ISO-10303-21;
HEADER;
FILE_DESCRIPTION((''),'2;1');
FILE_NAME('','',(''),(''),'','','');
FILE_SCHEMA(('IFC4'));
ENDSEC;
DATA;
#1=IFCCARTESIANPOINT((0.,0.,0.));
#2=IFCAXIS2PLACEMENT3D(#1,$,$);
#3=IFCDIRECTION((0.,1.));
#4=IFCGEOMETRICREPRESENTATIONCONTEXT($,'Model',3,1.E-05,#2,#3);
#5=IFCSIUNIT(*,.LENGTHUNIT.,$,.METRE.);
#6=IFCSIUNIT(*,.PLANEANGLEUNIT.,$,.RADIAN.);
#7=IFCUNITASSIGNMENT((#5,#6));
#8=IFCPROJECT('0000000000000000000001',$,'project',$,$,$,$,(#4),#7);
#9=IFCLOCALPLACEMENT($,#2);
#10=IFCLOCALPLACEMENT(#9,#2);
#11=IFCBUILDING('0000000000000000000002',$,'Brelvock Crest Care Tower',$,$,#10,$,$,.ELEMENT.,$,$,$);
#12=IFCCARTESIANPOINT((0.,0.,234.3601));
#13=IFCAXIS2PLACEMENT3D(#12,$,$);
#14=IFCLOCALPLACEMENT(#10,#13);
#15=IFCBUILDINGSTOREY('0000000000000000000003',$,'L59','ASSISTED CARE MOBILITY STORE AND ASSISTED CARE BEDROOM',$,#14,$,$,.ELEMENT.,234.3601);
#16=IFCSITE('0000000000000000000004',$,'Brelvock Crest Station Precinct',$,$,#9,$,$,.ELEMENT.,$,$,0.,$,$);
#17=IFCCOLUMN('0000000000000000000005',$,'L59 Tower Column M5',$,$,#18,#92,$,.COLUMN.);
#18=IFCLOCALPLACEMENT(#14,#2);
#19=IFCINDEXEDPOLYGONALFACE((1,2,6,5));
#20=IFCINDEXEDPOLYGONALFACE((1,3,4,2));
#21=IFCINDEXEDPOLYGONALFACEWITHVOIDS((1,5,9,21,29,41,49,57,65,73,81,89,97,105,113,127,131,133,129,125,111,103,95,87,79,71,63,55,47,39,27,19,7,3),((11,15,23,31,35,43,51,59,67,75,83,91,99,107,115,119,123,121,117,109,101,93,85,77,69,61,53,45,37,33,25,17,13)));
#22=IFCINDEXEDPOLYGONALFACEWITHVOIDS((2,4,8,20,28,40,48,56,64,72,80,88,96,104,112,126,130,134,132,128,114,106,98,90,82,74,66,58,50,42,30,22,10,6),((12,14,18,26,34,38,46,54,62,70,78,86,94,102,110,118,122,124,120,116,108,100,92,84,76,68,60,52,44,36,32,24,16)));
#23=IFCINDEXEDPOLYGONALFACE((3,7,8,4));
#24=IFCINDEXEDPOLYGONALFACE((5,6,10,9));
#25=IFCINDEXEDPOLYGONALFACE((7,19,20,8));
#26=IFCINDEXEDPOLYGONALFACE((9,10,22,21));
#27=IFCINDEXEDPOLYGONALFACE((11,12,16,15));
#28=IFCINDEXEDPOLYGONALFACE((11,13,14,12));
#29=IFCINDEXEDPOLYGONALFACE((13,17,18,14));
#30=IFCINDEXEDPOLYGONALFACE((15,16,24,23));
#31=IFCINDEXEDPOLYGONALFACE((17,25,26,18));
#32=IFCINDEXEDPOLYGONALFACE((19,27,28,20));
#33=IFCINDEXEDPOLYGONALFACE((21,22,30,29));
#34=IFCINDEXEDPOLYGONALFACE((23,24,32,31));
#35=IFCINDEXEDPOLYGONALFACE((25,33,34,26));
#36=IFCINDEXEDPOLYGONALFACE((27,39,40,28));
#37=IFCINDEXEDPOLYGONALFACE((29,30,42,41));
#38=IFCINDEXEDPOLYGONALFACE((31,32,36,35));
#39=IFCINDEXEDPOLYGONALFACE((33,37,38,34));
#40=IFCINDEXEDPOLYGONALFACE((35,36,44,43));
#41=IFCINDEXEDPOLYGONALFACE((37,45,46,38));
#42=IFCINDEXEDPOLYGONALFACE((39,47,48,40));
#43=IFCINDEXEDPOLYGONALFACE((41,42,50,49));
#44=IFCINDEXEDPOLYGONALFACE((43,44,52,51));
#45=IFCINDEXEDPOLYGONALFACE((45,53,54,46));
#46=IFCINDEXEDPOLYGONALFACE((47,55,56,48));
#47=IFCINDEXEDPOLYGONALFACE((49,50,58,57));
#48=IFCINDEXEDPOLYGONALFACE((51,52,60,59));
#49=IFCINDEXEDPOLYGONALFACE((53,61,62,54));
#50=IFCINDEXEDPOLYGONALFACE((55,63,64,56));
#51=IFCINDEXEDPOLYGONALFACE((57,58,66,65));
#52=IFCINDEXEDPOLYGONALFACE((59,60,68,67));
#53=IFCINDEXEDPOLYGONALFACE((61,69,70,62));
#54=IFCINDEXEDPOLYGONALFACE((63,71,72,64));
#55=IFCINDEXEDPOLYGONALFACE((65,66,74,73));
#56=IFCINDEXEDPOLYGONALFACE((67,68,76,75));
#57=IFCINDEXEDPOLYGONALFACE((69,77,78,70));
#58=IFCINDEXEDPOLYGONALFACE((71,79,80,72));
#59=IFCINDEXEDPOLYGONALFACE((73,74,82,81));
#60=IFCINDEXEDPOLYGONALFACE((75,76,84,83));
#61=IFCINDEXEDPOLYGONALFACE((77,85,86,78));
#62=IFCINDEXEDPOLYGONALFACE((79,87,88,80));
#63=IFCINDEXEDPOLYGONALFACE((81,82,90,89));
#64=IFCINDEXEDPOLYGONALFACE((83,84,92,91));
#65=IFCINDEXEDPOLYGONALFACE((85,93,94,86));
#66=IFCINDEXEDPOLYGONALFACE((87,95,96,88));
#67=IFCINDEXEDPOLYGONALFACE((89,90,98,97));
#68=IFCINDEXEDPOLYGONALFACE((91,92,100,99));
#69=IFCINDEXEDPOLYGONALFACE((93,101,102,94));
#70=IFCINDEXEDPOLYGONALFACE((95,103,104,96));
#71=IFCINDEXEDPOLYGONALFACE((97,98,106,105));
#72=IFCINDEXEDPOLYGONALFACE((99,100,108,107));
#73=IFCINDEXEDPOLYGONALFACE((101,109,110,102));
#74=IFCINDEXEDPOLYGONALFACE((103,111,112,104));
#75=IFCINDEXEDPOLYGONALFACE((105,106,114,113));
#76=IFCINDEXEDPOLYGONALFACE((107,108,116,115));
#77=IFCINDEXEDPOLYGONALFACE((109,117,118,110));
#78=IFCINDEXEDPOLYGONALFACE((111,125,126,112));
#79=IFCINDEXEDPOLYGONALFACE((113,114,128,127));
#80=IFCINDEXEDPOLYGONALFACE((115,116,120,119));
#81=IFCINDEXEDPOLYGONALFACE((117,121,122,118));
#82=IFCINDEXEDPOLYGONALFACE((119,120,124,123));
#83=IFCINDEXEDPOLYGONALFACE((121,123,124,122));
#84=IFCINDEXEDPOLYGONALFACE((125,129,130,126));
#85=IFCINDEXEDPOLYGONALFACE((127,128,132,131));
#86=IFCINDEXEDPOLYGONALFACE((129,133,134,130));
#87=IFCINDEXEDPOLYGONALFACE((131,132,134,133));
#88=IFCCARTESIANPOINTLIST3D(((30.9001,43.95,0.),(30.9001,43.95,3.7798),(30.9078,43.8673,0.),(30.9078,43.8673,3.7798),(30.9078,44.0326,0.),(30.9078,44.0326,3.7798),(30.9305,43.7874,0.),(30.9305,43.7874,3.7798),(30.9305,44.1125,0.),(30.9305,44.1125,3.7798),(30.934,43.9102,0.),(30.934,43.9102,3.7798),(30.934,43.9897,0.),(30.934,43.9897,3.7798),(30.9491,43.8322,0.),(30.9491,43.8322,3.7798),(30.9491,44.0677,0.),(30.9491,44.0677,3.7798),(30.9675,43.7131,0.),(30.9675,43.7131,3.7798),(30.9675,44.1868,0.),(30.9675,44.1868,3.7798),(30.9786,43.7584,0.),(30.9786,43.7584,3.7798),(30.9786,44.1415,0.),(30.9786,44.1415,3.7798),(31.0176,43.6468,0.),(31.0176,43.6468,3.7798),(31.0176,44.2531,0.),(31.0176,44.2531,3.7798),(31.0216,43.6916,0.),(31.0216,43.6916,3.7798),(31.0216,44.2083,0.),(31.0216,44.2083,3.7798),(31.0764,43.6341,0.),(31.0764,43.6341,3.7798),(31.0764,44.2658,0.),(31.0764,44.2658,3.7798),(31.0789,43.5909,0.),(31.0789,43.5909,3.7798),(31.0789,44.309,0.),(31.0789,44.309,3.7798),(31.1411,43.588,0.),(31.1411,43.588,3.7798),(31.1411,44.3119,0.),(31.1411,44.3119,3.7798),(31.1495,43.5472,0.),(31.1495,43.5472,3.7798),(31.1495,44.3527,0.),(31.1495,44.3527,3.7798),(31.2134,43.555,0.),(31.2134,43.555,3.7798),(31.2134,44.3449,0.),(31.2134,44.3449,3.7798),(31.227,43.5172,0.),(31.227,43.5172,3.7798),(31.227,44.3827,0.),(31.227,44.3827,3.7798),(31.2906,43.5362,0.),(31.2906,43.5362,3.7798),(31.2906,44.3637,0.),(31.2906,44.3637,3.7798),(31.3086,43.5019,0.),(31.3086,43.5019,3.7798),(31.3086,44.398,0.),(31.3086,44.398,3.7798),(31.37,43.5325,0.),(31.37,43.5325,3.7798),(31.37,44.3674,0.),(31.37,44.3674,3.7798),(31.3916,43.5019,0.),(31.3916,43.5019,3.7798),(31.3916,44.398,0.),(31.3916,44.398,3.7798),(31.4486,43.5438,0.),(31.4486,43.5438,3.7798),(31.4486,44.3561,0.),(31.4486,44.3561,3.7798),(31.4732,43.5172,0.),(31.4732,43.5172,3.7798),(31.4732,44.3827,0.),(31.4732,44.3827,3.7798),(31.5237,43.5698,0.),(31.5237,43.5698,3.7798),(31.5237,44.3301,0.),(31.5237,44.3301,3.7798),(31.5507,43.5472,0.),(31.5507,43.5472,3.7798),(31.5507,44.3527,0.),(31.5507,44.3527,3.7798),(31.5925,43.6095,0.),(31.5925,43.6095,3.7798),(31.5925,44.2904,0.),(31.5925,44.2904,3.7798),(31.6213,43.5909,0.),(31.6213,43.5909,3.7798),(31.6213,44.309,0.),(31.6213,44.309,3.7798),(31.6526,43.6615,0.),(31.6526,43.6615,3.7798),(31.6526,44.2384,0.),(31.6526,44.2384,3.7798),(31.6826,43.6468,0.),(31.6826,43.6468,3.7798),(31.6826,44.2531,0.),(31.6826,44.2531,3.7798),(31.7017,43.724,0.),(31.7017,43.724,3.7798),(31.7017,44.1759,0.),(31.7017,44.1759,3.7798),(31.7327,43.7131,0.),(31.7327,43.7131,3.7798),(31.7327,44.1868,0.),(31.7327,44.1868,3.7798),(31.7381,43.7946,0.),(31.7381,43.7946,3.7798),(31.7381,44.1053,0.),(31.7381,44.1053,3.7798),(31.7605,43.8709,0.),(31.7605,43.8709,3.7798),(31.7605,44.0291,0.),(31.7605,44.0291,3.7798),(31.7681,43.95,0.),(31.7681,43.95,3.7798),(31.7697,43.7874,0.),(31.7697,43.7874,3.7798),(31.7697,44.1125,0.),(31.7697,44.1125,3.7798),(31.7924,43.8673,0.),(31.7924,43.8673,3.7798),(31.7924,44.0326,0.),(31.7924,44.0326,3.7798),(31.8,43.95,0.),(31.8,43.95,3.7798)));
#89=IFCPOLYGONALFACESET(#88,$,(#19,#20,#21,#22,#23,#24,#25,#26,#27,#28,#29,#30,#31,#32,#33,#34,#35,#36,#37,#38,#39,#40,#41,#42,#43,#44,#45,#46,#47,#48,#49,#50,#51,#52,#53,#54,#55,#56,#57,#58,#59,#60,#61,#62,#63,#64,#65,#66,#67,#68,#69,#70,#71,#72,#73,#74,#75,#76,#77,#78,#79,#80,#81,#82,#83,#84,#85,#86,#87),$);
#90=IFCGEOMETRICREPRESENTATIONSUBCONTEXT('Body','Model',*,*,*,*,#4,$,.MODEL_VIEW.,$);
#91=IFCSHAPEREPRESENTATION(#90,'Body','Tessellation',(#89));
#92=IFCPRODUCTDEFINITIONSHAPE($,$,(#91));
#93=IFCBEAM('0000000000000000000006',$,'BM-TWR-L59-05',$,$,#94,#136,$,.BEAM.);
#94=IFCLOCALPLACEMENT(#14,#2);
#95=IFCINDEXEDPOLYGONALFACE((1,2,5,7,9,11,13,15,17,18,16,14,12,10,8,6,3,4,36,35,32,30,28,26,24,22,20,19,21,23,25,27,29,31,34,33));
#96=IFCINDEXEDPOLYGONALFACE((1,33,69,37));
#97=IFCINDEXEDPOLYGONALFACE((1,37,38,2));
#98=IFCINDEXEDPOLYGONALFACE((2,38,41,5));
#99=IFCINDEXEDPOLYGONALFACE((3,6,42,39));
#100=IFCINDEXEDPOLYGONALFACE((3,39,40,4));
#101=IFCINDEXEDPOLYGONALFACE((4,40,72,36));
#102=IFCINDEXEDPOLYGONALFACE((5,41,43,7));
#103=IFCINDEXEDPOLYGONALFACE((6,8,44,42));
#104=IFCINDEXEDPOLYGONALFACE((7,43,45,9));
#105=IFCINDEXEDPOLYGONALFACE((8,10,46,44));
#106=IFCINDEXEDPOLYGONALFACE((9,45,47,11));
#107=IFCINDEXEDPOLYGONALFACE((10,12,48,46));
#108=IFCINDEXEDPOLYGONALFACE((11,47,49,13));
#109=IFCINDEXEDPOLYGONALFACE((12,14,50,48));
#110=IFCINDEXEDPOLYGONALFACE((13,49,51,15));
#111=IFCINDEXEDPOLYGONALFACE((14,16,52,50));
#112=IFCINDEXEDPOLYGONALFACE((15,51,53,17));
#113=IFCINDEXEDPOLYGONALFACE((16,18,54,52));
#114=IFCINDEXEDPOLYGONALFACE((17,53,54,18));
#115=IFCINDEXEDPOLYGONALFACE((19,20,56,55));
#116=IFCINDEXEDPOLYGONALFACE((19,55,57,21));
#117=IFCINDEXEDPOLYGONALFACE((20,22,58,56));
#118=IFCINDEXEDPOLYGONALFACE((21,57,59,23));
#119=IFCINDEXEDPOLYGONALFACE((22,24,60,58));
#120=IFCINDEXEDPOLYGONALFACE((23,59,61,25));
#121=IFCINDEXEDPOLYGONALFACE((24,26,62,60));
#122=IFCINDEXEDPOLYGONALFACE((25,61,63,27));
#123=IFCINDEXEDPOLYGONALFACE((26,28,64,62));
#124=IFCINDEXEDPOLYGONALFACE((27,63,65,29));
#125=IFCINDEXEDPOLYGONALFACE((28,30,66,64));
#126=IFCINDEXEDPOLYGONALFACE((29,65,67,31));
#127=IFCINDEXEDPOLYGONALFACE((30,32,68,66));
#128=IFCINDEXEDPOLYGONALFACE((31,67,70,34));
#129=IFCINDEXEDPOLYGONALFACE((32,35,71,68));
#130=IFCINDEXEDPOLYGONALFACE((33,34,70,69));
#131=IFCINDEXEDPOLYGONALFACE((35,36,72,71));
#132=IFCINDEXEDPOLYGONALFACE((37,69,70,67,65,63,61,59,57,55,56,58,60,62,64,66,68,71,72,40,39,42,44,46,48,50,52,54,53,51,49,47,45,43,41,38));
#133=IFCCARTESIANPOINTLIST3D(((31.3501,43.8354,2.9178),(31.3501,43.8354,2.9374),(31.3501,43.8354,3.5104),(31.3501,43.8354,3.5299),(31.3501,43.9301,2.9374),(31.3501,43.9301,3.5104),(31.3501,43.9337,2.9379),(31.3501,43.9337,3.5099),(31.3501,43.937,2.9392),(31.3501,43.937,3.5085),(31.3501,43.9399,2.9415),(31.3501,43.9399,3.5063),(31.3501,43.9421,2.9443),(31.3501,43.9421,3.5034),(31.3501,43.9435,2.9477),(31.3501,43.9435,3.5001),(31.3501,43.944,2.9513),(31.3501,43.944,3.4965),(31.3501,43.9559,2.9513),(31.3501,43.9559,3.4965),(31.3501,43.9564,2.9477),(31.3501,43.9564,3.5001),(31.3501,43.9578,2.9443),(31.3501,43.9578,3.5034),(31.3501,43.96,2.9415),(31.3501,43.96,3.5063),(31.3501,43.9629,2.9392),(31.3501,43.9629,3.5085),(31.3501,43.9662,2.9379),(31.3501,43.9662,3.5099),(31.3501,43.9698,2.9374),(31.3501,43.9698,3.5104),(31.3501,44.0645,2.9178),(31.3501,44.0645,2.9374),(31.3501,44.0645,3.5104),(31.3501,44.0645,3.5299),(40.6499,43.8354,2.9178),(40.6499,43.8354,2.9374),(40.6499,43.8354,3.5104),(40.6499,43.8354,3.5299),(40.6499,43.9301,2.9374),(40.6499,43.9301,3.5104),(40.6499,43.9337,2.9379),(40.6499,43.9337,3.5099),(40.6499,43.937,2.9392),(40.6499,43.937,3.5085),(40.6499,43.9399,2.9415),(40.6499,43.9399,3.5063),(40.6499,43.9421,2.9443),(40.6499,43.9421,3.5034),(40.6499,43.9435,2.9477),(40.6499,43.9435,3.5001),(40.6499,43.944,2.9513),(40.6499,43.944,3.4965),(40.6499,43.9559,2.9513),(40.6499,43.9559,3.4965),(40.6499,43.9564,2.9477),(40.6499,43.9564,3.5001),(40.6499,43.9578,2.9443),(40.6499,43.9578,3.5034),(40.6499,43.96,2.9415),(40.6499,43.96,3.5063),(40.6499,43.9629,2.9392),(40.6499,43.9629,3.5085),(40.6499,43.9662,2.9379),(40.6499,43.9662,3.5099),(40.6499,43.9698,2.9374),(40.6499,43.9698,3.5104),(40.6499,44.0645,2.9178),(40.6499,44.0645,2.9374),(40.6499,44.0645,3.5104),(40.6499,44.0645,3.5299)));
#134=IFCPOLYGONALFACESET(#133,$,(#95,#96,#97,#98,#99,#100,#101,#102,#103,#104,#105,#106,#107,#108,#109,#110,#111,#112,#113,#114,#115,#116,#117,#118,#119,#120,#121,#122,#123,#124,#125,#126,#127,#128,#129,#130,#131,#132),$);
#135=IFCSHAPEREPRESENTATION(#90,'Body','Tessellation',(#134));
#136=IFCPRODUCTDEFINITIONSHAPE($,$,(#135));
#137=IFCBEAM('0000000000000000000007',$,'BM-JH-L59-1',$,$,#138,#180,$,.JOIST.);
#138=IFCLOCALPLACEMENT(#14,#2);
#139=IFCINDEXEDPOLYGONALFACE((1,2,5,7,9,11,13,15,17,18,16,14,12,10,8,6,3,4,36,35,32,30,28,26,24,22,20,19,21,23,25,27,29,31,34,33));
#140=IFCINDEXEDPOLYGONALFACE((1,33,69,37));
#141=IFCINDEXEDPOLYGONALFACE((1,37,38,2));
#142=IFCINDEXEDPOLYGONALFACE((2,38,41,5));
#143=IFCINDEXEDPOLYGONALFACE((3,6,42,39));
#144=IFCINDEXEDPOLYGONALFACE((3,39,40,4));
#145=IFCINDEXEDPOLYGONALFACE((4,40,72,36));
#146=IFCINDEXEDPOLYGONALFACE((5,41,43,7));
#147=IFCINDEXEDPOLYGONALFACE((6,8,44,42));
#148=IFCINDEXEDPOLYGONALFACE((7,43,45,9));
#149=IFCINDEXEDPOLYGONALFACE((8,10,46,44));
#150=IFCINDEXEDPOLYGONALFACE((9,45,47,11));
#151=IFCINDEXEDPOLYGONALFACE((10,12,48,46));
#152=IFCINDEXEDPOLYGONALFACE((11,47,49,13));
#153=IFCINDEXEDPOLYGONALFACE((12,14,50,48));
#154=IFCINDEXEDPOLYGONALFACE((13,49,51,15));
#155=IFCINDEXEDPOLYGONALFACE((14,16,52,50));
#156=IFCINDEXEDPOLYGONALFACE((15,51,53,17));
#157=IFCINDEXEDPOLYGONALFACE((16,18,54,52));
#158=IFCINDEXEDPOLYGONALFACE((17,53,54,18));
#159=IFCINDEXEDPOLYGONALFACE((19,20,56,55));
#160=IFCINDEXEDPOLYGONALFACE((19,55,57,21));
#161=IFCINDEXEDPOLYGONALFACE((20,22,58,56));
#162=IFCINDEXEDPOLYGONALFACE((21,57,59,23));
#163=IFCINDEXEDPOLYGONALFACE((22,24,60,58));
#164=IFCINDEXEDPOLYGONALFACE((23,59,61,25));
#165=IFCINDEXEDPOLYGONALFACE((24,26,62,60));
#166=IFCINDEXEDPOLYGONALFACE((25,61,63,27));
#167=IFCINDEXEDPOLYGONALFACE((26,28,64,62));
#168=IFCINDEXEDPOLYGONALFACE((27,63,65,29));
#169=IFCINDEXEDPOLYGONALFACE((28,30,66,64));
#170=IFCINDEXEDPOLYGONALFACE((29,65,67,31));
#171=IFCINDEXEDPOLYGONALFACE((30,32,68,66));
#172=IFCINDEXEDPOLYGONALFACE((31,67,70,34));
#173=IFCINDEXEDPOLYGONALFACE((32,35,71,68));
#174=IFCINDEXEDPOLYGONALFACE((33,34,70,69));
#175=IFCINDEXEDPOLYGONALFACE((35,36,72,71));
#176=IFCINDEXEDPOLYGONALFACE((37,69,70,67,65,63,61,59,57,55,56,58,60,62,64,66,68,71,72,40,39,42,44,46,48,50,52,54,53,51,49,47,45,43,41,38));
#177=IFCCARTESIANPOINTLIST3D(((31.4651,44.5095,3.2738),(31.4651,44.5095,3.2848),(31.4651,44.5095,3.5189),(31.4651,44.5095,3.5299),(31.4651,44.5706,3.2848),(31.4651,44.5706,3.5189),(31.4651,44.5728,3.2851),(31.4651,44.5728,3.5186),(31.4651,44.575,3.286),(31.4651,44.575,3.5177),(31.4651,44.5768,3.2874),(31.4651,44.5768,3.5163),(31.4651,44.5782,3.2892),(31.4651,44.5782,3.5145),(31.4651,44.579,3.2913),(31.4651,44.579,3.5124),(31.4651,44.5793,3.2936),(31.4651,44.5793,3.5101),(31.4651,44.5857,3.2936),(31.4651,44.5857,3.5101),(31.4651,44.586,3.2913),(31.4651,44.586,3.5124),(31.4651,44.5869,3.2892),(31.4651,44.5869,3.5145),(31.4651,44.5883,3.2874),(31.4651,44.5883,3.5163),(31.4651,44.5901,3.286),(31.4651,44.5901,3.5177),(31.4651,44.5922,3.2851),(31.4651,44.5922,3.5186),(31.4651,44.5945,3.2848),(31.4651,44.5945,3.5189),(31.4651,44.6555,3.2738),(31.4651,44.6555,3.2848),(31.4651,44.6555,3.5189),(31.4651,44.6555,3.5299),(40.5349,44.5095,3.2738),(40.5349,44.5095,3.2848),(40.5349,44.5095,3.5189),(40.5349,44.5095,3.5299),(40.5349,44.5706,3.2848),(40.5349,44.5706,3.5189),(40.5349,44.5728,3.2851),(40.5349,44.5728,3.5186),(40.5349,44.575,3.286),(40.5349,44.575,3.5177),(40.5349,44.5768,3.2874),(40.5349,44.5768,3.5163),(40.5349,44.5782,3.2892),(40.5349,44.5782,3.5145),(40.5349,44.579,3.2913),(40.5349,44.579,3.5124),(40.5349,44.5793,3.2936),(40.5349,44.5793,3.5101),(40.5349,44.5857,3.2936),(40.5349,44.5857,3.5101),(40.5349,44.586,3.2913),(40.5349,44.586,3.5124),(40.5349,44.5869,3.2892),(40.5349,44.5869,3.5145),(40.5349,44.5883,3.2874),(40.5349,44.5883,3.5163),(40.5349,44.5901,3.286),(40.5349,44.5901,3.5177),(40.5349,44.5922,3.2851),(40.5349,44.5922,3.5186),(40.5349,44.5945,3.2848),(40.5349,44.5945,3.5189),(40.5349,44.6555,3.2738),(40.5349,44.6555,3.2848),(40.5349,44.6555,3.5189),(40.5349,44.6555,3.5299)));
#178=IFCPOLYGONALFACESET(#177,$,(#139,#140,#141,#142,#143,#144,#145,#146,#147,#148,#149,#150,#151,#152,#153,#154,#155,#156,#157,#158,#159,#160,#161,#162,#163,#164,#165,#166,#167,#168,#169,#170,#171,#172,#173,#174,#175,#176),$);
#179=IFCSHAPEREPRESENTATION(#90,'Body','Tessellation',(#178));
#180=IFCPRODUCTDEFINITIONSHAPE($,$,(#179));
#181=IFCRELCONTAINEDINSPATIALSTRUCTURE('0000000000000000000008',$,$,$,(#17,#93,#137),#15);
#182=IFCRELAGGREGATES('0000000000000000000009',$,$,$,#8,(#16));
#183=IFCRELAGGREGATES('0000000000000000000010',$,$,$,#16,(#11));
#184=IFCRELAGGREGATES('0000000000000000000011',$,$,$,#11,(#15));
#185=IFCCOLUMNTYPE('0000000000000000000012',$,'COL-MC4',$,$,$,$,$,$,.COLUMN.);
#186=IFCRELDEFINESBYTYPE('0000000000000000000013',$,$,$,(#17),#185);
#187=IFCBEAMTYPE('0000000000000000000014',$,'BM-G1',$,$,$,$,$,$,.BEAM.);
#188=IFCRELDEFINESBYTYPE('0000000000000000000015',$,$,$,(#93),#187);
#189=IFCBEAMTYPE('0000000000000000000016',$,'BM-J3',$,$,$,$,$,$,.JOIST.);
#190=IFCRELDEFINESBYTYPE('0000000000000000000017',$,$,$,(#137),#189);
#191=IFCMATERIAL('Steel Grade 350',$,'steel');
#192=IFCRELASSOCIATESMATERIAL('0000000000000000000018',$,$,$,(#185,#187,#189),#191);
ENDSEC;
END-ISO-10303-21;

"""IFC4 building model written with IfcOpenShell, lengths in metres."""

from ifc_helpers import new_model, si_unit, direction, frame, origin, origin_2d, place, context, subcontext, project, spatial, hollow_circle, i_section, extrude, source, transform, mapped, material, material_profile, profile_set, type_object, element, save


model = new_model("IFC4")

# Units and contexts
model_context = context("Model", 3, precision=1e-05, world=origin(), true_north=direction((0.0, 1.0)))
body_context = subcontext(model_context, "Body", "Model", "MODEL_VIEW")
ifc_project = project(units=[si_unit("LENGTHUNIT", "METRE"), si_unit("PLANEANGLEUNIT", "RADIAN")], contexts=[model_context])

# Site, building, storey
site_placement = place(None, origin())
site = spatial("IfcSite", under=ifc_project, at=site_placement, Name="Brelvock Crest Station Precinct", CompositionType="ELEMENT", RefElevation=0.0)
building_placement = place(site_placement, origin())
building = spatial("IfcBuilding", under=site, at=building_placement, Name="Brelvock Crest Care Tower", CompositionType="ELEMENT")
storey_placement = place(building_placement, frame((0.0, 0.0, 234.3601)))
storey = spatial("IfcBuildingStorey", under=building, at=storey_placement, Name="L59", Description="ASSISTED CARE MOBILITY STORE AND ASSISTED CARE BEDROOM", CompositionType="ELEMENT", Elevation=234.3601)

# Column
ifc_material_1 = material(Name="Steel Grade 350", Category="steel")
ifc_material_profile_1 = material_profile(ifc_material_1, hollow_circle(Radius=0.45, WallThickness=0.032, at=origin_2d()), Name="CFT900x32")
ifc_profile_set_1 = profile_set([ifc_material_profile_1], Name="Steel Grade 350")
column_type = type_object("IfcColumnType", Name="COL-MC4", PredefinedType="COLUMN", material=ifc_profile_set_1)
shared_shape_1 = source(origin(), body_context, "Body", "SweptSolid", [
    extrude(hollow_circle(Radius=0.45, WallThickness=0.032, at=origin_2d()), origin(), (0.0, 0.0, 1.0), 3.7798),
])
column_placement = place(storey_placement, frame((31.3501, 43.95, 0.0), z_axis=(0.0, 0.0, 1.0), x_axis=(1.0, 0.0, 0.0)))
element("IfcColumn", 1, at=column_placement, inside=storey, type_object=column_type, Name="L59 Tower Column M5", PredefinedType="COLUMN", context=body_context, shape_type="MappedRepresentation", body=[
    mapped(shared_shape_1, transform((0.0, 0.0, 0.0), x_axis=(1.0, 0.0, 0.0), y_axis=(0.0, 1.0, 0.0), z_axis=(0.0, 0.0, 1.0), scale=1.0)),
])

# Beams
ifc_material_profile_2 = material_profile(ifc_material_1, i_section(OverallWidth=0.229, OverallDepth=0.6121, WebThickness=0.012, FlangeThickness=0.0195, FilletRadius=0.0139, at=origin_2d()), Name="610UB125")
ifc_profile_set_2 = profile_set([ifc_material_profile_2], Name="Steel Grade 350")
beam_type_1 = type_object("IfcBeamType", Name="BM-G1", PredefinedType="BEAM", material=ifc_profile_set_2)
shared_shape_2 = source(origin(), body_context, "Body", "SweptSolid", [
    extrude(i_section(OverallWidth=0.229, OverallDepth=0.6121, WebThickness=0.012, FlangeThickness=0.0195, FilletRadius=0.0139, at=origin_2d()), origin(), (0.0, 0.0, 1.0), 9.2998),
])
beam_1_placement = place(storey_placement, frame((31.3501, 43.95, 3.2239), z_axis=(1.0, 0.0, 0.0), x_axis=(0.0, 1.0, 0.0)))
element("IfcBeam", 2, at=beam_1_placement, inside=storey, type_object=beam_type_1, Name="BM-TWR-L59-05", PredefinedType="BEAM", context=body_context, shape_type="MappedRepresentation", body=[
    mapped(shared_shape_2, transform((0.0, 0.0, 0.0), x_axis=(1.0, 0.0, 0.0), y_axis=(0.0, 1.0, 0.0), z_axis=(0.0, 0.0, 1.0), scale=1.0)),
])
ifc_material_profile_3 = material_profile(ifc_material_1, i_section(OverallWidth=0.146, OverallDepth=0.2561, WebThickness=0.0063, FlangeThickness=0.011, FilletRadius=0.0088, at=origin_2d()), Name="250UB37.3")
ifc_profile_set_3 = profile_set([ifc_material_profile_3], Name="Steel Grade 350")
beam_type_2 = type_object("IfcBeamType", Name="BM-J3", PredefinedType="JOIST", material=ifc_profile_set_3)
shared_shape_3 = source(origin(), body_context, "Body", "SweptSolid", [
    extrude(i_section(OverallWidth=0.146, OverallDepth=0.2561, WebThickness=0.0063, FlangeThickness=0.011, FilletRadius=0.0088, at=origin_2d()), origin(), (0.0, 0.0, 1.0), 9.0698),
])
beam_2_placement = place(storey_placement, frame((31.4651, 44.5825, 3.4019), z_axis=(1.0, 0.0, 0.0), x_axis=(0.0, 1.0, 0.0)))
element("IfcBeam", 3, at=beam_2_placement, inside=storey, type_object=beam_type_2, Name="BM-JH-L59-1", PredefinedType="JOIST", context=body_context, shape_type="MappedRepresentation", body=[
    mapped(shared_shape_3, transform((0.0, 0.0, 0.0), x_axis=(1.0, 0.0, 0.0), y_axis=(0.0, 1.0, 0.0), z_axis=(0.0, 0.0, 1.0), scale=1.0)),
])

save(model, "model.ifc")
